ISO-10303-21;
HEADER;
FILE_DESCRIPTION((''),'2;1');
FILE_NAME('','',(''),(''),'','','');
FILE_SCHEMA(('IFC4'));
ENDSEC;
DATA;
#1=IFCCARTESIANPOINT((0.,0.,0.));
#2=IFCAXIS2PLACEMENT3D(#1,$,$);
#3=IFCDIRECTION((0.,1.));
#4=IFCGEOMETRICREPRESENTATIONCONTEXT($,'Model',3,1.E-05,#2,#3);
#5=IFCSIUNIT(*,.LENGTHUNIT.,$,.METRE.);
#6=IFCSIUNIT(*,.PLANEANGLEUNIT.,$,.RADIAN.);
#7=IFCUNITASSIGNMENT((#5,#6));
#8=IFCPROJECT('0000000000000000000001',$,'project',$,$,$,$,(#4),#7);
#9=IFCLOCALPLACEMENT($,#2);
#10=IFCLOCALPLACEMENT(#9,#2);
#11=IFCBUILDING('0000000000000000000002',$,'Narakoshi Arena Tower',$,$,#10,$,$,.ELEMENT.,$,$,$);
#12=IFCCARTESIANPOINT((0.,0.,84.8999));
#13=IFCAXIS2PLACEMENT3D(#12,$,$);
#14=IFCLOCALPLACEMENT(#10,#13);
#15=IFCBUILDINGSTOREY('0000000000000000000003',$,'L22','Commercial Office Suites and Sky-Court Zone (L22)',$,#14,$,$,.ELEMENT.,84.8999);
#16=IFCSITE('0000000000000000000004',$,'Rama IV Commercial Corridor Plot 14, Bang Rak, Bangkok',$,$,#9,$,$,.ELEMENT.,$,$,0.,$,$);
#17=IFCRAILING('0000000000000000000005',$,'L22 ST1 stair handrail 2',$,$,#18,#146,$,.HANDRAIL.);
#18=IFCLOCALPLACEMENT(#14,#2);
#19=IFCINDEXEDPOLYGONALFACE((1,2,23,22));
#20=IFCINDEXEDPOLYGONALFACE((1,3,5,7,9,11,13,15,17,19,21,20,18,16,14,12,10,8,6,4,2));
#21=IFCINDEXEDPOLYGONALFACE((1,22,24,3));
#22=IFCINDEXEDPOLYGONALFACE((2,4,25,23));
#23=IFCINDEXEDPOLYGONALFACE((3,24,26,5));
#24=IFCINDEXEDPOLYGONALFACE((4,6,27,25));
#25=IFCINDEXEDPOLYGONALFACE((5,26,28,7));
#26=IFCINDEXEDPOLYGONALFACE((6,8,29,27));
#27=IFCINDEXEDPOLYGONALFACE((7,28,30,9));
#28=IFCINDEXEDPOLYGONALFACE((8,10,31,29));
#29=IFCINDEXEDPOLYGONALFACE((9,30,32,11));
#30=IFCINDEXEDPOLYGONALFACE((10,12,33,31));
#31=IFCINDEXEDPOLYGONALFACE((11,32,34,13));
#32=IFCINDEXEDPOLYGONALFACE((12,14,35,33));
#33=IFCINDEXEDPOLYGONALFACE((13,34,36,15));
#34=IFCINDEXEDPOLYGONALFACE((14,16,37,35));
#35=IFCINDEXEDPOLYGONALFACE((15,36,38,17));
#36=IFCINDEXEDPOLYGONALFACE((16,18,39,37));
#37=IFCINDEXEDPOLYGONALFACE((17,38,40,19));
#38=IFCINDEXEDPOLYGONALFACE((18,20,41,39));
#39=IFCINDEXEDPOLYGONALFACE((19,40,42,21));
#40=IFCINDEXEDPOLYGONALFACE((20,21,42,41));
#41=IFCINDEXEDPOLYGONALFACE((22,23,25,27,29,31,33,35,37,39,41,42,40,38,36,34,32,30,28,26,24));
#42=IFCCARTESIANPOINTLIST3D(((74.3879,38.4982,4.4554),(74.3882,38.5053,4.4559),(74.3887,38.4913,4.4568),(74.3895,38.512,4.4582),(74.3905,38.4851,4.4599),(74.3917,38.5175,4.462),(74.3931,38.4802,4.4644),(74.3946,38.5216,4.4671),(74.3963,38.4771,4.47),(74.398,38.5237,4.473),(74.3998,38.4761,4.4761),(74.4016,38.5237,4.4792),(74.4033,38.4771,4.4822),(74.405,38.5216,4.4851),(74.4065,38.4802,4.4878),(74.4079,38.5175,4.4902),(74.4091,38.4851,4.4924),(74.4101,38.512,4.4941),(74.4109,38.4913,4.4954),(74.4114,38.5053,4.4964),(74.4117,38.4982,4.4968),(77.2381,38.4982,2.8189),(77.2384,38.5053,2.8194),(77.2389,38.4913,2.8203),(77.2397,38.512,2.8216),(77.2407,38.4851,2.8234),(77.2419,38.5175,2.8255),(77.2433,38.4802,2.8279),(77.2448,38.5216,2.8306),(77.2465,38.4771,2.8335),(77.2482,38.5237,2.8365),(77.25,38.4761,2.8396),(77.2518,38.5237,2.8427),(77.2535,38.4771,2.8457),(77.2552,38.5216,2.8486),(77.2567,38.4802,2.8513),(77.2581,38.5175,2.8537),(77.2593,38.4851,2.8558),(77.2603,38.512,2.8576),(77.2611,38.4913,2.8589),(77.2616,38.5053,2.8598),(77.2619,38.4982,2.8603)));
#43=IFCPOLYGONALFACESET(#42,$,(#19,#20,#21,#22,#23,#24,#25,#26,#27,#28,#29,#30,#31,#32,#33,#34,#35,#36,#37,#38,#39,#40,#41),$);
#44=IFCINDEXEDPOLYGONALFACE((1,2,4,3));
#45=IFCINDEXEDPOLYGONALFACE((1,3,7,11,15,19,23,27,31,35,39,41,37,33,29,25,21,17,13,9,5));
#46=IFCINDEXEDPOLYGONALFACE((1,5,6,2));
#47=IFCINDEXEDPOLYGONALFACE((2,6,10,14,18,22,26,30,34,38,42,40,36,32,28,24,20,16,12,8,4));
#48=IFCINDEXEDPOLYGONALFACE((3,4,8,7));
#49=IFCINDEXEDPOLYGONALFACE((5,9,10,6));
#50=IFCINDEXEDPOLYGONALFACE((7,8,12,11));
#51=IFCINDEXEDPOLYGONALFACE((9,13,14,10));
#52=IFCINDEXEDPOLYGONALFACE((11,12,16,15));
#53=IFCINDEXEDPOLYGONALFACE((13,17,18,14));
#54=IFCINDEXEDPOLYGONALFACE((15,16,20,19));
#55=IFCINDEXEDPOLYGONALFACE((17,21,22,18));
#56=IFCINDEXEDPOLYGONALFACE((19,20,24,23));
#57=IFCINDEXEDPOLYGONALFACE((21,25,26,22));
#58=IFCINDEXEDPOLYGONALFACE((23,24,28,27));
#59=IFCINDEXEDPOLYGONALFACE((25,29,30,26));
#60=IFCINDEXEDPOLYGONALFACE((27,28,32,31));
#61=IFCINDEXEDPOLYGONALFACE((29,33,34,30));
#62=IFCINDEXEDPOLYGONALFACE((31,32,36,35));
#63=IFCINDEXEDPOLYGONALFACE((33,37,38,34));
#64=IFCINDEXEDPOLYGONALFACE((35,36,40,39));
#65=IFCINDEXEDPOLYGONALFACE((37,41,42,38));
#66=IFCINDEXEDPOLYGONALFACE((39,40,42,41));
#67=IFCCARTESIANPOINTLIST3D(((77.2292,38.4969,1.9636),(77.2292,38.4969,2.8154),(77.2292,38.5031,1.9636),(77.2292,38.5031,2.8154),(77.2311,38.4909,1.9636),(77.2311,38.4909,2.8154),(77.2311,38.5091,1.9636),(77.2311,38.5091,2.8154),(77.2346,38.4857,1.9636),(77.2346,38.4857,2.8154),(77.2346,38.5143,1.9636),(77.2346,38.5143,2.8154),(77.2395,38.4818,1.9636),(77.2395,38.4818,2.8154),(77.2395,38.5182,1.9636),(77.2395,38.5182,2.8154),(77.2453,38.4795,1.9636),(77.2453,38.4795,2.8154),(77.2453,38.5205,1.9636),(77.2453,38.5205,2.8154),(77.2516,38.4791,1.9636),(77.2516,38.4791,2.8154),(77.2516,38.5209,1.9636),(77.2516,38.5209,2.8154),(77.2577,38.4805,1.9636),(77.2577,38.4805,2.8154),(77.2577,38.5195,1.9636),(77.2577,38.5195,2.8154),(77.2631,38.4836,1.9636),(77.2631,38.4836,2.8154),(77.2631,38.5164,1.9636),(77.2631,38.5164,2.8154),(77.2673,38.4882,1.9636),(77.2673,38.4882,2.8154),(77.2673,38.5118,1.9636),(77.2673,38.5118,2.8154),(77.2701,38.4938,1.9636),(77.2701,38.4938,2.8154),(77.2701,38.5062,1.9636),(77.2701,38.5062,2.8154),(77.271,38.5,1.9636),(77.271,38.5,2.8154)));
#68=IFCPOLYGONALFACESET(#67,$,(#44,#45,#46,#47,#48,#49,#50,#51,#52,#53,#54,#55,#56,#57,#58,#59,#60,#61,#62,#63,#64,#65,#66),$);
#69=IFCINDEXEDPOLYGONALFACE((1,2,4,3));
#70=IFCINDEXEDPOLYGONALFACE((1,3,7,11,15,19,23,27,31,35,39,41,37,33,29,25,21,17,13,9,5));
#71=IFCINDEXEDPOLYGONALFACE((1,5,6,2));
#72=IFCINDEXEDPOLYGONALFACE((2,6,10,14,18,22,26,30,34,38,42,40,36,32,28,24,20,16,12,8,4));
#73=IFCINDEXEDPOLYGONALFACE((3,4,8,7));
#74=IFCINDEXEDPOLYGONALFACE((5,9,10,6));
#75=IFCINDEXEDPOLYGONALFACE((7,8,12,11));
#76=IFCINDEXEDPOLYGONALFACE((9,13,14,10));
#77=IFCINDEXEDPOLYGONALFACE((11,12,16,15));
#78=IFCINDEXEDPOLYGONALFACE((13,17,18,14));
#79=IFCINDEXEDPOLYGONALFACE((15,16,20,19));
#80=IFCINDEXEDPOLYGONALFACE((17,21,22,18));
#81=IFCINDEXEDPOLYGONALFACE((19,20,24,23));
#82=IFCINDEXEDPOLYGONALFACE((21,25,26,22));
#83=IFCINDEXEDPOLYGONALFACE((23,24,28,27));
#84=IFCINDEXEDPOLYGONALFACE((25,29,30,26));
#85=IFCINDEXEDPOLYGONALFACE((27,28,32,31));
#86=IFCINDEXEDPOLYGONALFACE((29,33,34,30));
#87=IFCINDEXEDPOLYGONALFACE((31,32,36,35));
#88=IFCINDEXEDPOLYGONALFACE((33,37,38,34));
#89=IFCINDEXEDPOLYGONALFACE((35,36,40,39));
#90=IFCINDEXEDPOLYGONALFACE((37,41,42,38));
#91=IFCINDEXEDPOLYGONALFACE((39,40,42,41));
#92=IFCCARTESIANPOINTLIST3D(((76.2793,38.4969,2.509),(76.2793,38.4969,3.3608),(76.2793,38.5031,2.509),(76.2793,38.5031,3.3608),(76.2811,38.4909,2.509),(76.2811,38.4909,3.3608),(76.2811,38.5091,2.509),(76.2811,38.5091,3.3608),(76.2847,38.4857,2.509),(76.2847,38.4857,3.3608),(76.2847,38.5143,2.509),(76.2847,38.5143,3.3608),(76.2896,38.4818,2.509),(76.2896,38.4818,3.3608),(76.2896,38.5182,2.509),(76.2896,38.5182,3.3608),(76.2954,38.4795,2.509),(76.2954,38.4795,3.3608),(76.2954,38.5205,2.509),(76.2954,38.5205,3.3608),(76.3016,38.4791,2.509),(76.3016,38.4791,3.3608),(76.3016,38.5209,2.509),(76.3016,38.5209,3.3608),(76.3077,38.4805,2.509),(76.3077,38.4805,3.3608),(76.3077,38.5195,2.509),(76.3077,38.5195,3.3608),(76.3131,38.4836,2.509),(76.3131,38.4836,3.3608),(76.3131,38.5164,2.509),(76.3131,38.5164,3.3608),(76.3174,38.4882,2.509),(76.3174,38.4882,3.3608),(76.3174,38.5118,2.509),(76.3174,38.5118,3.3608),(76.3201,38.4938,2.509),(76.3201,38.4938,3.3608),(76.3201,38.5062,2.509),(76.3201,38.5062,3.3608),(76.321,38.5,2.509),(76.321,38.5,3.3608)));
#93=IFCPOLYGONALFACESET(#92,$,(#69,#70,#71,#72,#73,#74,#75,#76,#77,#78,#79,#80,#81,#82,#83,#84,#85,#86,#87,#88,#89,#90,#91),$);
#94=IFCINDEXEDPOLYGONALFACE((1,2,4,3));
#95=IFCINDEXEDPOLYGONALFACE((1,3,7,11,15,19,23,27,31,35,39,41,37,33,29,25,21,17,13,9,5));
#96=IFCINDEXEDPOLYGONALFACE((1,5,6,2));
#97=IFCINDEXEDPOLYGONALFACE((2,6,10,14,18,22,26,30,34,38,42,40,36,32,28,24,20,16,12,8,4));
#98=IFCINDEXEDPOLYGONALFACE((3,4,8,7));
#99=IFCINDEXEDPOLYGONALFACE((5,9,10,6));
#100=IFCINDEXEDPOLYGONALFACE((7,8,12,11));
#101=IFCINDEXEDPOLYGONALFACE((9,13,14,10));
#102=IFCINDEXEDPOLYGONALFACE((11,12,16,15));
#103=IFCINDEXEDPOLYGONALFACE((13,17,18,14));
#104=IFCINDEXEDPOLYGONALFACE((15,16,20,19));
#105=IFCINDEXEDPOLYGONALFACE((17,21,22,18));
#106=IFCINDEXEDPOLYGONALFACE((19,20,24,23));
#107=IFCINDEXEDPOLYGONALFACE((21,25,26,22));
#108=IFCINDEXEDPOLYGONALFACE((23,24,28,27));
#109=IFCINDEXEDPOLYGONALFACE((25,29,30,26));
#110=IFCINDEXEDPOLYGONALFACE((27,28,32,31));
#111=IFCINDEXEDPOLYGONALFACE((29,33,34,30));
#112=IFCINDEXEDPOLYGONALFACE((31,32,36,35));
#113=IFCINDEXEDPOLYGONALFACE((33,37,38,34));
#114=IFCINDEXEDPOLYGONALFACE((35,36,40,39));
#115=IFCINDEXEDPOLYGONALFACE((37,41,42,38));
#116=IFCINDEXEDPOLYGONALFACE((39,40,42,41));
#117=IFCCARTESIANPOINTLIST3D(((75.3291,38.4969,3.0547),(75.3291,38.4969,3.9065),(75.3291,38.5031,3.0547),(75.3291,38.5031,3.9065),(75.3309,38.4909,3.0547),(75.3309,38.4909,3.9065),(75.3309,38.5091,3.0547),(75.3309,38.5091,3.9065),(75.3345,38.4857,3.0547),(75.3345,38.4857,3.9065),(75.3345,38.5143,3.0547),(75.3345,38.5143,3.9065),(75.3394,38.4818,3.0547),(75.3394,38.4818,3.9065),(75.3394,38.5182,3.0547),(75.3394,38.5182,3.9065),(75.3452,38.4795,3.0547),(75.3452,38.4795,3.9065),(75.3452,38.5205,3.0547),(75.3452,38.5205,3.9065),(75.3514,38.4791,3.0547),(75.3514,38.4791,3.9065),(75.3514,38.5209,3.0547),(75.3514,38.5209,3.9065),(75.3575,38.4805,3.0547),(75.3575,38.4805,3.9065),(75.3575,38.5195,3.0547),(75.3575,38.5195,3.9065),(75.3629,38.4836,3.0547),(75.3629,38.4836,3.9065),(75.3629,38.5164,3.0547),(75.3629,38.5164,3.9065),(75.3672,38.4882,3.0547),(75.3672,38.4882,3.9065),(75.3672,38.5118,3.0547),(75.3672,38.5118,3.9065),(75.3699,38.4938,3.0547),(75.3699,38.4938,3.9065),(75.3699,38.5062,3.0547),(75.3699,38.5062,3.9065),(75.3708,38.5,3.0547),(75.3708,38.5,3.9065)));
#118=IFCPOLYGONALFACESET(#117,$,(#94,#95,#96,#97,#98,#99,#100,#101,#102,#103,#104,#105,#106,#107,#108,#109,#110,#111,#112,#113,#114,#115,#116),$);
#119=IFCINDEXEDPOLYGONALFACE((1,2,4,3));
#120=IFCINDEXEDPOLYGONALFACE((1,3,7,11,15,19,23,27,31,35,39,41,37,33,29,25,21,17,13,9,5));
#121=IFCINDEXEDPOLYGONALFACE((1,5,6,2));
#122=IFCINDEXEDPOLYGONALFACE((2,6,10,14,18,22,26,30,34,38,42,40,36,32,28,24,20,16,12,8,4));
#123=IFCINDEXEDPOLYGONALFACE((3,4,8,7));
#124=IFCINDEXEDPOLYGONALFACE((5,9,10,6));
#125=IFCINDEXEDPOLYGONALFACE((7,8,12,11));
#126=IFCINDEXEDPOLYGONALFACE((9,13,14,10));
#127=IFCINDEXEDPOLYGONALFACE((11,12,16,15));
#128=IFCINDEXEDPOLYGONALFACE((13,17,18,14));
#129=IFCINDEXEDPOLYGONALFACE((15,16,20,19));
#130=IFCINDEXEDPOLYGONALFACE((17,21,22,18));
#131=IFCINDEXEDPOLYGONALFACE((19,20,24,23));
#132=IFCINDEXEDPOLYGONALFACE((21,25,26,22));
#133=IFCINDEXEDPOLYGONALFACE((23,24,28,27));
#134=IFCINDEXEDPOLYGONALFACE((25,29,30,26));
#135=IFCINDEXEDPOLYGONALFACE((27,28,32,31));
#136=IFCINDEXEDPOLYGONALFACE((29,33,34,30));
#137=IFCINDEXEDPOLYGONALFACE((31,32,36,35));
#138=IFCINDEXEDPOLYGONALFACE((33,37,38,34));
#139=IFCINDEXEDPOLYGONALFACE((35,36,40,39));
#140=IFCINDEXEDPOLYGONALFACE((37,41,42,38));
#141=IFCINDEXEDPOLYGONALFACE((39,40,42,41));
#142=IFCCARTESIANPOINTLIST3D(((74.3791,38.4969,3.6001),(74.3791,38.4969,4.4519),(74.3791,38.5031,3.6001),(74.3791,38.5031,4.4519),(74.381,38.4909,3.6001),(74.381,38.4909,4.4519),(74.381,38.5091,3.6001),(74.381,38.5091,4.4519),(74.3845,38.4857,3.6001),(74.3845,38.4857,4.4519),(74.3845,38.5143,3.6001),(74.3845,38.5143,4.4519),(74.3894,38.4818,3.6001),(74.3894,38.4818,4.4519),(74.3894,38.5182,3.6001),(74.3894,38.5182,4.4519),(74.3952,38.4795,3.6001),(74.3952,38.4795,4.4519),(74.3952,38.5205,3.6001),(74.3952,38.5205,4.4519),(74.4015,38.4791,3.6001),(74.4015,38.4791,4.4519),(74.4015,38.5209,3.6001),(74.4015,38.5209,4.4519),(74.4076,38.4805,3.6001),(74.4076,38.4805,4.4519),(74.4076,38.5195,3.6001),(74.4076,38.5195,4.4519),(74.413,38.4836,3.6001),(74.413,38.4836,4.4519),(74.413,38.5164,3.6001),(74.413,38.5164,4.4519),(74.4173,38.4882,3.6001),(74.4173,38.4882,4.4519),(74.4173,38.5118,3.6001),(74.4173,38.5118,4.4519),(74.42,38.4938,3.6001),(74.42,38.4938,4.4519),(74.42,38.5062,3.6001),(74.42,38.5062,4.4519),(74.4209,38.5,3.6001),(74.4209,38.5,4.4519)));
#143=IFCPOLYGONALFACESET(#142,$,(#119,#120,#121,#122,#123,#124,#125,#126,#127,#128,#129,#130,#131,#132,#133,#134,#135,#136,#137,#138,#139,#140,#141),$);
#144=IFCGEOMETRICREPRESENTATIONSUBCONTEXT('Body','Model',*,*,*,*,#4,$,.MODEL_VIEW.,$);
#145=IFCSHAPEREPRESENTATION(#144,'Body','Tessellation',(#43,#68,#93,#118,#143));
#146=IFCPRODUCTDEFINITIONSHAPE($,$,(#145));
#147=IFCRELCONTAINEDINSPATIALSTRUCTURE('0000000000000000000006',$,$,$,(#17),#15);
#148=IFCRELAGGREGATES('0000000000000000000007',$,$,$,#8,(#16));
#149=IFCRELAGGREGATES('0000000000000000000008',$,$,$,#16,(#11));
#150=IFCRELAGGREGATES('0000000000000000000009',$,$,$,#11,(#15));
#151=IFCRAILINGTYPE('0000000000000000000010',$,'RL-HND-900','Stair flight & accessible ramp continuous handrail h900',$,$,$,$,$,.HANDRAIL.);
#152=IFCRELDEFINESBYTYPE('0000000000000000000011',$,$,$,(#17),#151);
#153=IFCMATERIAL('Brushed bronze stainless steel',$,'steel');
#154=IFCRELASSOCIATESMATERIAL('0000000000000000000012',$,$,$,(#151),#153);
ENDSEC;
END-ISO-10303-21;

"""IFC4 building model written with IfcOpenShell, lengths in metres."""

from ifc_helpers import new_model, si_unit, direction, frame, origin, origin_2d, place, context, subcontext, project, spatial, circle, extrude, material, type_object, element, save


model = new_model("IFC4")

# Units and contexts
model_context = context("Model", 3, precision=1e-05, world=origin(), true_north=direction((0.0, 1.0)))
body_context = subcontext(model_context, "Body", "Model", "MODEL_VIEW")
ifc_project = project(units=[si_unit("LENGTHUNIT", "METRE"), si_unit("PLANEANGLEUNIT", "RADIAN")], contexts=[model_context])

# Site, building, storey
site_placement = place(None, origin())
site = spatial("IfcSite", under=ifc_project, at=site_placement, Name="Rama IV Commercial Corridor Plot 14, Bang Rak, Bangkok", CompositionType="ELEMENT", RefElevation=0.0)
building_placement = place(site_placement, origin())
building = spatial("IfcBuilding", under=site, at=building_placement, Name="Narakoshi Arena Tower", CompositionType="ELEMENT")
storey_placement = place(building_placement, frame((0.0, 0.0, 84.8999)))
storey = spatial("IfcBuildingStorey", under=building, at=storey_placement, Name="L22", Description="Commercial Office Suites and Sky-Court Zone (L22)", CompositionType="ELEMENT", Elevation=84.8999)

# Railing
ifc_material_1 = material(Name="Brushed bronze stainless steel", Category="steel")
railing_type_1 = type_object("IfcRailingType", Name="RL-HND-900", Description="Stair flight & accessible ramp continuous handrail h900", PredefinedType="HANDRAIL", material=ifc_material_1)
railing_1_placement = place(storey_placement, frame((77.25, 38.5, 1.9636)))
element("IfcRailing", 1, at=railing_1_placement, inside=storey, type_object=railing_type_1, Name="L22 ST1 stair handrail 2", PredefinedType="HANDRAIL", context=body_context, shape_type="SweptSolid", body=[
    extrude(circle(Radius=0.0239, at=origin_2d()), frame((0.0, 0.0, 0.876), z_axis=(-0.867213, 0.0, 0.497938), x_axis=(0.0, -1.0, 0.0)), (0.0, 0.0, 1.0), 3.2866),
    extrude(circle(Radius=0.021, at=origin_2d()), origin(), (0.0, 0.0, 1.0), 0.8518),
    extrude(circle(Radius=0.021, at=origin_2d()), frame((-0.95, 0.0, 0.5454)), (0.0, 0.0, 1.0), 0.8518),
    extrude(circle(Radius=0.021, at=origin_2d()), frame((-1.9001, 0.0, 1.0911)), (0.0, 0.0, 1.0), 0.8518),
    extrude(circle(Radius=0.021, at=origin_2d()), frame((-2.8501, 0.0, 1.6365)), (0.0, 0.0, 1.0), 0.8518),
])

save(model, "model.ifc")
